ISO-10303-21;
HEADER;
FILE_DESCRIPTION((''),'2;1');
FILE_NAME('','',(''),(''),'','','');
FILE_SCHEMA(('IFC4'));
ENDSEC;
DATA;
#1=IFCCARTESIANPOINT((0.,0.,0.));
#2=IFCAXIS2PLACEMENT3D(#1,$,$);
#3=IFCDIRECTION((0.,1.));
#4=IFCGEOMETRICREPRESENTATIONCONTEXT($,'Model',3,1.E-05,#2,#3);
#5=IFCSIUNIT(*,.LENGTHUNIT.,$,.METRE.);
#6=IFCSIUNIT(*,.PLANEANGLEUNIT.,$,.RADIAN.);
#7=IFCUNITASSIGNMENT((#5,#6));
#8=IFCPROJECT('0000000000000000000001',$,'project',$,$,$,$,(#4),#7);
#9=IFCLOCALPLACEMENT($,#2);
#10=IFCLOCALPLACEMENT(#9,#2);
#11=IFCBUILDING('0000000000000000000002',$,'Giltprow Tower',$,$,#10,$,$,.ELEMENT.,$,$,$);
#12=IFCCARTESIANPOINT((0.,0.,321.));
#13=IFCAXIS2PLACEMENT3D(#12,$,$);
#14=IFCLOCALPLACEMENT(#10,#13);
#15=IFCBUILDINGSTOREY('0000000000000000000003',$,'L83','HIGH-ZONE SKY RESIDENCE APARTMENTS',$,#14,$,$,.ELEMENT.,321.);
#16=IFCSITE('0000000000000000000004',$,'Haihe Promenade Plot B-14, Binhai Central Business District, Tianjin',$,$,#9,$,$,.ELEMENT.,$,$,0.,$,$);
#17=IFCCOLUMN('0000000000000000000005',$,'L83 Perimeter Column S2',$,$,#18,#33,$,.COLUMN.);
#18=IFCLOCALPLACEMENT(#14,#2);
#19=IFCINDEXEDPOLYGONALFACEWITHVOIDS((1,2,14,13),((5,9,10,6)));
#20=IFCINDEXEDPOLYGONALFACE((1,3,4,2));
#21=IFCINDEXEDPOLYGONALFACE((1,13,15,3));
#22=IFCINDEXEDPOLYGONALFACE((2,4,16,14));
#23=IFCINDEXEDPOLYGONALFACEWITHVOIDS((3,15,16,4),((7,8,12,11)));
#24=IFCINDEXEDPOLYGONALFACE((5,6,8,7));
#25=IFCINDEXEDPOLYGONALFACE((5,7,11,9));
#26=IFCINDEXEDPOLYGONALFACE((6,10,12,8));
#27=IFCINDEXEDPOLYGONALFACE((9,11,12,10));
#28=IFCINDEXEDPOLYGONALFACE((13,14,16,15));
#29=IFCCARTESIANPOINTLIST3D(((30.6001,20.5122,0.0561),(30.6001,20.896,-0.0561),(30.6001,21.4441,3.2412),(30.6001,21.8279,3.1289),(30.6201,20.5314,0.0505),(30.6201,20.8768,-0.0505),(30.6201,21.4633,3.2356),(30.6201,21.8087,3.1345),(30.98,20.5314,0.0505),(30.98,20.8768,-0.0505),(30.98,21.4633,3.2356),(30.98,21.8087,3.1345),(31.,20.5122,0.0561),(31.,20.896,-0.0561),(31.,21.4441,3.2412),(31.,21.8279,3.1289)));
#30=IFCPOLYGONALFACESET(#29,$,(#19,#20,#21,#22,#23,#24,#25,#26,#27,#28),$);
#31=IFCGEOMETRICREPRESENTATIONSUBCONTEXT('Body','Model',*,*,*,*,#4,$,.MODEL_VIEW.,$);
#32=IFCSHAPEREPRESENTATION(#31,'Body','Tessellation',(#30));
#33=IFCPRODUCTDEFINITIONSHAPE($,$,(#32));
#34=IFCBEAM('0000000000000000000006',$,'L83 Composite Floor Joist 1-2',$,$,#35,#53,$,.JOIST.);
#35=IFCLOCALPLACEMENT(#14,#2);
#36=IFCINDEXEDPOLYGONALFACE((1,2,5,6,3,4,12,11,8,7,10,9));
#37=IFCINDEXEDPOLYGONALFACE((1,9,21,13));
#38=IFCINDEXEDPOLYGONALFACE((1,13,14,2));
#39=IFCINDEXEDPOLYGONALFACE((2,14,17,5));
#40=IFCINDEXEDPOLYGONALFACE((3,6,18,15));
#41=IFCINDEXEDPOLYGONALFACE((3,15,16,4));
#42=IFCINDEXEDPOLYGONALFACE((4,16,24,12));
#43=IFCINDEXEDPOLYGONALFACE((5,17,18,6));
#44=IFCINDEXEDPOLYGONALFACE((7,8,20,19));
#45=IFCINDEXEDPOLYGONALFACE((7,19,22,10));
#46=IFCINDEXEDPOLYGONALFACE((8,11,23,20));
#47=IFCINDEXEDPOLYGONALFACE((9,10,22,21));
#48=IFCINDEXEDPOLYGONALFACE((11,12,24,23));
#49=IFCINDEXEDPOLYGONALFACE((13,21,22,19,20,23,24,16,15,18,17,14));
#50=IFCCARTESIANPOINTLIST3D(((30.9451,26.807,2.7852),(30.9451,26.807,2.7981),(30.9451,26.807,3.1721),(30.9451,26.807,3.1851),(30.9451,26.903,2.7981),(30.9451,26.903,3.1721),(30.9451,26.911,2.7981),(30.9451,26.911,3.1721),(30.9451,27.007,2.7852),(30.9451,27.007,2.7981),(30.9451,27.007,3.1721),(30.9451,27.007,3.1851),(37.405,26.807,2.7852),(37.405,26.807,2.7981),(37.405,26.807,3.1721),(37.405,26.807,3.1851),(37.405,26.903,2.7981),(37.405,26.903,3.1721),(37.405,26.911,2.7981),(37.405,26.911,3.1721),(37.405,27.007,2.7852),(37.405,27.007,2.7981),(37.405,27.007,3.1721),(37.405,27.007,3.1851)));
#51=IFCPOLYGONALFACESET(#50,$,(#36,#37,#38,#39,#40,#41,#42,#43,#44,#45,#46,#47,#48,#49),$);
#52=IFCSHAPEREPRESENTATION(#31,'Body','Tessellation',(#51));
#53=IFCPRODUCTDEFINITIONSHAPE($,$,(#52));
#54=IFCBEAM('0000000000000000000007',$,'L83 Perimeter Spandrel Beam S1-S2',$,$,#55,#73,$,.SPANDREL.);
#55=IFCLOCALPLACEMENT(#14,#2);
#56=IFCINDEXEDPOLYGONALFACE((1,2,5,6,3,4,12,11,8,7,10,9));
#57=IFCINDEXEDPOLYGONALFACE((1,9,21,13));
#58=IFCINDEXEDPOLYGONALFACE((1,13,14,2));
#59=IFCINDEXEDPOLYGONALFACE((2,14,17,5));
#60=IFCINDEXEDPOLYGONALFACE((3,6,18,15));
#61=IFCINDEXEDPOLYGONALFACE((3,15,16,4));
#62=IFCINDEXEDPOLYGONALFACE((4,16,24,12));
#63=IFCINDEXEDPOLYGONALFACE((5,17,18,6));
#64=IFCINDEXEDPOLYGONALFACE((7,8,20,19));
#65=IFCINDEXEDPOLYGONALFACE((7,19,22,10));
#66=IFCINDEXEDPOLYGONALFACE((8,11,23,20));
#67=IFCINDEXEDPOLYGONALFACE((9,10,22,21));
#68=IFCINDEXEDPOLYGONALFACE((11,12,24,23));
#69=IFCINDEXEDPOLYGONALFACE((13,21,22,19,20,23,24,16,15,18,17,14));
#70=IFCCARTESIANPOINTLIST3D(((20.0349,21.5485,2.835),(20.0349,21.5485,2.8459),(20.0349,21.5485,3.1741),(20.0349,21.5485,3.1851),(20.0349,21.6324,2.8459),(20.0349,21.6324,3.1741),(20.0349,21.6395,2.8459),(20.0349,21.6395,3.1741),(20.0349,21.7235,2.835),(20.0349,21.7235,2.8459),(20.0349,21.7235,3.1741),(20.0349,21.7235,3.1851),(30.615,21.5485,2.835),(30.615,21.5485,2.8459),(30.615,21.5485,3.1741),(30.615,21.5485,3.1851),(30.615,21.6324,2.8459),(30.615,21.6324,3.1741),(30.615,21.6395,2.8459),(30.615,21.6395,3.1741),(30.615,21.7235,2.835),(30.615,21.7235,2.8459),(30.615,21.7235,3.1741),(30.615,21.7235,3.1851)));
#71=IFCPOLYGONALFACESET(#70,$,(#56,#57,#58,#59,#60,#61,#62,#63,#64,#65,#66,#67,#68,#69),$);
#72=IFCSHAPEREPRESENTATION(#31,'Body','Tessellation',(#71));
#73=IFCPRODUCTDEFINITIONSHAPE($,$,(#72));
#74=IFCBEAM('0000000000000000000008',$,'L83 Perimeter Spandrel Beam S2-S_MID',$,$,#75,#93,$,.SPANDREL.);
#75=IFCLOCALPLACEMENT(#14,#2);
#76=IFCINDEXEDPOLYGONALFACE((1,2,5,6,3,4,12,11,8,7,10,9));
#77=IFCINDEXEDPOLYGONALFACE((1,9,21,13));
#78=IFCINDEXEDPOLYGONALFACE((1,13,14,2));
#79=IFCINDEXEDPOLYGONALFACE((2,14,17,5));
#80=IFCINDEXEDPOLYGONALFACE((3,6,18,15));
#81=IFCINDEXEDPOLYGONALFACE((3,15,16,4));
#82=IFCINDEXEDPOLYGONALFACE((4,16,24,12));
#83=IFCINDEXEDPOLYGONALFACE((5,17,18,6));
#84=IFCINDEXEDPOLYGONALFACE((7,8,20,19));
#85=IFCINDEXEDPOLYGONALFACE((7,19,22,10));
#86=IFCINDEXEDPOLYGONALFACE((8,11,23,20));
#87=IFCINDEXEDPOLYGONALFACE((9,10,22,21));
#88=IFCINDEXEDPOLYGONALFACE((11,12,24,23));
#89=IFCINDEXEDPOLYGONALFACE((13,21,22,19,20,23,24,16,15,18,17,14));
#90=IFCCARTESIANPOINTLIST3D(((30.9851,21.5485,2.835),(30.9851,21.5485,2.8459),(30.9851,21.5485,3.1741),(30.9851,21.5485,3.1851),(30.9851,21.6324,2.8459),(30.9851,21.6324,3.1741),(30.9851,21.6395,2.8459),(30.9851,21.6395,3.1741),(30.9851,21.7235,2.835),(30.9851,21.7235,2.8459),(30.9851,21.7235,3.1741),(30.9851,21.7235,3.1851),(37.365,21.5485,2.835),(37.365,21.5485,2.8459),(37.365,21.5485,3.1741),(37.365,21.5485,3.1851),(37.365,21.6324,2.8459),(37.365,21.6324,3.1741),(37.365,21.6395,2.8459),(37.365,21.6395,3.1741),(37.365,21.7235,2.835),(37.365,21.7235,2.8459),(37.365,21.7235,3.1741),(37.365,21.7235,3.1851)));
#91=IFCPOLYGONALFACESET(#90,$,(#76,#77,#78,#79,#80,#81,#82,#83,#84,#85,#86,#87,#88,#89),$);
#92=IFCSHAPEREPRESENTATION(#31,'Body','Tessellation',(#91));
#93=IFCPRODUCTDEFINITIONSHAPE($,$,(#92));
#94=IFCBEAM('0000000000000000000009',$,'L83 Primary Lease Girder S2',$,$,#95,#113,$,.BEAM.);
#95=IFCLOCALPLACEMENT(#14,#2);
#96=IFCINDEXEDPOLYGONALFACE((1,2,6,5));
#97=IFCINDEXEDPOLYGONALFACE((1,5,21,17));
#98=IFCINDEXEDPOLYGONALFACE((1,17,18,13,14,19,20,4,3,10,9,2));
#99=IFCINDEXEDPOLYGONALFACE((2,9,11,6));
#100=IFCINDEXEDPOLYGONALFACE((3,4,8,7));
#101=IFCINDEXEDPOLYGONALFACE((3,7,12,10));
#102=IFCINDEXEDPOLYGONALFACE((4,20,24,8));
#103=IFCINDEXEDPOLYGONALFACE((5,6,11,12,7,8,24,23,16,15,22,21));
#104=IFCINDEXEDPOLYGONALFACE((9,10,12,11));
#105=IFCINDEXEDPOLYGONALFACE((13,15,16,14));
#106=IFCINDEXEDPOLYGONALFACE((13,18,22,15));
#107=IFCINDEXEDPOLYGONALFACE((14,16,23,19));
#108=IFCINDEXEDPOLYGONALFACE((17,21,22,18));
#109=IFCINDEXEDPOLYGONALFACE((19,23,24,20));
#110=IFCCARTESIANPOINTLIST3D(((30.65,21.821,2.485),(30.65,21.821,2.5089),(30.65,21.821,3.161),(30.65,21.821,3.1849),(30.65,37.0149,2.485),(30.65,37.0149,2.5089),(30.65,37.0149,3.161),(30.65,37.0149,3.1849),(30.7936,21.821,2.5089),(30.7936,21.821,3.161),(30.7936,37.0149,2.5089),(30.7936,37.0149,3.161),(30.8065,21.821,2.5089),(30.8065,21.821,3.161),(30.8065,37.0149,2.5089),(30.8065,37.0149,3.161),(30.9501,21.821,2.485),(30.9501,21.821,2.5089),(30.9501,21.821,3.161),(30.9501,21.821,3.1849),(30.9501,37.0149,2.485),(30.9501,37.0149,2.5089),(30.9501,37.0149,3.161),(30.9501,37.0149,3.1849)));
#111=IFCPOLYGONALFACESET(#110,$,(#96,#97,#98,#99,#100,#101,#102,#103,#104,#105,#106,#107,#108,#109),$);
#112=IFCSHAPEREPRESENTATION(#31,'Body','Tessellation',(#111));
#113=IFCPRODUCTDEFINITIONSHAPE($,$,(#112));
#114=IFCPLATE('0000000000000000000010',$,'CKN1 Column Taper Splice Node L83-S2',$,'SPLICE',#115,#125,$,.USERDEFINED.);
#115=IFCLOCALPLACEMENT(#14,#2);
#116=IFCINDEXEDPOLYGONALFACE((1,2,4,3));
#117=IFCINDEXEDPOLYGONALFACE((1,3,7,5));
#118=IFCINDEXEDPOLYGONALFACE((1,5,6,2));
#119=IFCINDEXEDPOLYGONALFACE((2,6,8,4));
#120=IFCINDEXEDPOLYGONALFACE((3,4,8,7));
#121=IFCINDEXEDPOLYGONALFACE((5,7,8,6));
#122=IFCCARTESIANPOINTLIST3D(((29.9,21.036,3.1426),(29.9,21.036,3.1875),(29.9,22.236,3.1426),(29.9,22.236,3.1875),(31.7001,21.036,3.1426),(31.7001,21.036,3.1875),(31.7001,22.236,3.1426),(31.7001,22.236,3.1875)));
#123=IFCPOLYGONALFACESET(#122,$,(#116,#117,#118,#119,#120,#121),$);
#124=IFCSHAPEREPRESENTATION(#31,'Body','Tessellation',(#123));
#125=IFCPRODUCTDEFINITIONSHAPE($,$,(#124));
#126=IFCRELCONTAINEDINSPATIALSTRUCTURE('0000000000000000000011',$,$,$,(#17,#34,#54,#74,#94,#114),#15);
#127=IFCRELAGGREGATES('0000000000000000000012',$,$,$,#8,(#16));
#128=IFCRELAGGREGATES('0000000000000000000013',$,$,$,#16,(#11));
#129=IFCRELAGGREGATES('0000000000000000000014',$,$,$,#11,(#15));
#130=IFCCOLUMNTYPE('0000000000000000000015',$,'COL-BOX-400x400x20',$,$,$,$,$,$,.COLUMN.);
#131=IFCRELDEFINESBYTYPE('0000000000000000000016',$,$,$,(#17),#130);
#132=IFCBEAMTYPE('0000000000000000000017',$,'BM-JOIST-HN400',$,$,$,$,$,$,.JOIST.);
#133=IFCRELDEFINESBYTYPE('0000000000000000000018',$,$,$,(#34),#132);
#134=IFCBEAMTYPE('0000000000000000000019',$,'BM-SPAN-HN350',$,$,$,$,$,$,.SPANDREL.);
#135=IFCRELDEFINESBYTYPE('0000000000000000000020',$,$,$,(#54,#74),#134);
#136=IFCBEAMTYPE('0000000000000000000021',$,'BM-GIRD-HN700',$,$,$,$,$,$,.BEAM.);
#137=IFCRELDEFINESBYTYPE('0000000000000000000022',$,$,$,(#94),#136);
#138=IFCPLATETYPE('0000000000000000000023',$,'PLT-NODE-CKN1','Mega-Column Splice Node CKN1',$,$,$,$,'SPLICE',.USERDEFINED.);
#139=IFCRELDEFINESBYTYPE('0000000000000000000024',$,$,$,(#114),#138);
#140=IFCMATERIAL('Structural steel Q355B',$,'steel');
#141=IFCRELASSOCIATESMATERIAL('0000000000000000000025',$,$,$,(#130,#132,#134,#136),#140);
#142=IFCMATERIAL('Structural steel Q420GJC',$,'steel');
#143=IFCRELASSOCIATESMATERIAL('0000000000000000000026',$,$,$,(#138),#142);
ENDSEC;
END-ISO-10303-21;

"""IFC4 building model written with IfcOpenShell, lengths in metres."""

from ifc_helpers import new_model, si_unit, direction, frame, origin, origin_2d, place, context, subcontext, project, spatial, rectangle, hollow_rectangle, i_section, extrude, source, transform, mapped, material, material_profile, profile_set, type_object, element, save


model = new_model("IFC4")

# Units and contexts
model_context = context("Model", 3, precision=1e-05, world=origin(), true_north=direction((0.0, 1.0)))
body_context = subcontext(model_context, "Body", "Model", "MODEL_VIEW")
ifc_project = project(units=[si_unit("LENGTHUNIT", "METRE"), si_unit("PLANEANGLEUNIT", "RADIAN")], contexts=[model_context])

# Site, building, storey
site_placement = place(None, origin())
site = spatial("IfcSite", under=ifc_project, at=site_placement, Name="Haihe Promenade Plot B-14, Binhai Central Business District, Tianjin", CompositionType="ELEMENT", RefElevation=0.0)
building_placement = place(site_placement, origin())
building = spatial("IfcBuilding", under=site, at=building_placement, Name="Giltprow Tower", CompositionType="ELEMENT")
storey_placement = place(building_placement, frame((0.0, 0.0, 321.0)))
storey = spatial("IfcBuildingStorey", under=building, at=storey_placement, Name="L83", Description="HIGH-ZONE SKY RESIDENCE APARTMENTS", CompositionType="ELEMENT", Elevation=321.0)

# Column
ifc_material_1 = material(Name="Structural steel Q355B", Category="steel")
ifc_material_profile_1 = material_profile(ifc_material_1, hollow_rectangle(XDim=0.3999, YDim=0.3999, WallThickness=0.02, at=origin_2d()), Name="BOX 400x400x20")
ifc_profile_set_1 = profile_set([ifc_material_profile_1], Name="Structural steel Q355B")
column_type = type_object("IfcColumnType", Name="COL-BOX-400x400x20", PredefinedType="COLUMN", material=ifc_profile_set_1)
shared_shape_1 = source(origin(), body_context, "Body", "SweptSolid", [
    extrude(hollow_rectangle(XDim=0.3999, YDim=0.3999, WallThickness=0.02, at=origin_2d()), origin(), (0.0, 0.0, 1.0), 3.3186),
])
column_placement = place(storey_placement, frame((30.8, 20.7041, 0.0), z_axis=(0.0, 0.280808, 0.959764), x_axis=(-1.0, 0.0, 0.0)))
element("IfcColumn", 1, at=column_placement, inside=storey, type_object=column_type, Name="L83 Perimeter Column S2", PredefinedType="COLUMN", context=body_context, shape_type="MappedRepresentation", body=[
    mapped(shared_shape_1, transform((0.0, 0.0, 0.0), x_axis=(1.0, 0.0, 0.0), y_axis=(0.0, 1.0, 0.0), z_axis=(0.0, 0.0, 1.0), scale=1.0)),
])

# Beams
ifc_material_profile_2 = material_profile(ifc_material_1, i_section(OverallWidth=0.2, OverallDepth=0.3999, WebThickness=0.0081, FlangeThickness=0.0129, at=origin_2d()), Name="HN 400x200x8x13")
ifc_profile_set_2 = profile_set([ifc_material_profile_2], Name="Structural steel Q355B")
beam_type_1 = type_object("IfcBeamType", Name="BM-JOIST-HN400", PredefinedType="JOIST", material=ifc_profile_set_2)
shared_shape_2 = source(origin(), body_context, "Body", "SweptSolid", [
    extrude(i_section(OverallWidth=0.2, OverallDepth=0.3999, WebThickness=0.0081, FlangeThickness=0.0129, at=origin_2d()), origin(), (0.0, 0.0, 1.0), 6.46),
])
beam_1_placement = place(storey_placement, frame((30.9451, 26.907, 2.9851), z_axis=(1.0, 0.0, 0.0), x_axis=(0.0, 1.0, 0.0)))
element("IfcBeam", 2, at=beam_1_placement, inside=storey, type_object=beam_type_1, Name="L83 Composite Floor Joist 1-2", PredefinedType="JOIST", context=body_context, shape_type="MappedRepresentation", body=[
    mapped(shared_shape_2, transform((0.0, 0.0, 0.0), x_axis=(1.0, 0.0, 0.0), y_axis=(0.0, 1.0, 0.0), z_axis=(0.0, 0.0, 1.0), scale=1.0)),
])
ifc_material_profile_3 = material_profile(ifc_material_1, i_section(OverallWidth=0.175, OverallDepth=0.3501, WebThickness=0.0071, FlangeThickness=0.011, at=origin_2d()), Name="HN 350x175x7x11")
ifc_profile_set_3 = profile_set([ifc_material_profile_3], Name="Structural steel Q355B")
beam_type_2 = type_object("IfcBeamType", Name="BM-SPAN-HN350", PredefinedType="SPANDREL", material=ifc_profile_set_3)
shared_shape_3 = source(origin(), body_context, "Body", "SweptSolid", [
    extrude(i_section(OverallWidth=0.175, OverallDepth=0.3501, WebThickness=0.0071, FlangeThickness=0.011, at=origin_2d()), origin(), (0.0, 0.0, 1.0), 10.5801),
])
beam_2_placement = place(storey_placement, frame((20.0349, 21.636, 3.01), z_axis=(1.0, 0.0, 0.0), x_axis=(0.0, 1.0, 0.0)))
element("IfcBeam", 3, at=beam_2_placement, inside=storey, type_object=beam_type_2, Name="L83 Perimeter Spandrel Beam S1-S2", PredefinedType="SPANDREL", context=body_context, shape_type="MappedRepresentation", body=[
    mapped(shared_shape_3, transform((0.0, 0.0, 0.0), x_axis=(1.0, 0.0, 0.0), y_axis=(0.0, 1.0, 0.0), z_axis=(0.0, 0.0, 1.0), scale=1.0)),
])
shared_shape_4 = source(origin(), body_context, "Body", "SweptSolid", [
    extrude(i_section(OverallWidth=0.175, OverallDepth=0.3501, WebThickness=0.0071, FlangeThickness=0.011, at=origin_2d()), origin(), (0.0, 0.0, 1.0), 6.3799),
])
beam_3_placement = place(storey_placement, frame((30.9851, 21.636, 3.01), z_axis=(1.0, 0.0, 0.0), x_axis=(0.0, 1.0, 0.0)))
element("IfcBeam", 4, at=beam_3_placement, inside=storey, type_object=beam_type_2, Name="L83 Perimeter Spandrel Beam S2-S_MID", PredefinedType="SPANDREL", context=body_context, shape_type="MappedRepresentation", body=[
    mapped(shared_shape_4, transform((0.0, 0.0, 0.0), x_axis=(1.0, 0.0, 0.0), y_axis=(0.0, 1.0, 0.0), z_axis=(0.0, 0.0, 1.0), scale=1.0)),
])
ifc_material_profile_4 = material_profile(ifc_material_1, i_section(OverallWidth=0.3, OverallDepth=0.7, WebThickness=0.0129, FlangeThickness=0.0239, at=origin_2d()), Name="HN 700x300x13x24")
ifc_profile_set_4 = profile_set([ifc_material_profile_4], Name="Structural steel Q355B")
beam_type_3 = type_object("IfcBeamType", Name="BM-GIRD-HN700", PredefinedType="BEAM", material=ifc_profile_set_4)
shared_shape_5 = source(origin(), body_context, "Body", "SweptSolid", [
    extrude(i_section(OverallWidth=0.3, OverallDepth=0.7, WebThickness=0.0129, FlangeThickness=0.0239, at=origin_2d()), origin(), (0.0, 0.0, 1.0), 15.1938),
])
beam_4_placement = place(storey_placement, frame((30.8, 21.821, 2.835), z_axis=(0.0, 1.0, 0.0), x_axis=(-1.0, 0.0, 0.0)))
element("IfcBeam", 5, at=beam_4_placement, inside=storey, type_object=beam_type_3, Name="L83 Primary Lease Girder S2", PredefinedType="BEAM", context=body_context, shape_type="MappedRepresentation", body=[
    mapped(shared_shape_5, transform((0.0, 0.0, 0.0), x_axis=(1.0, 0.0, 0.0), y_axis=(0.0, 1.0, 0.0), z_axis=(0.0, 0.0, 1.0), scale=1.0)),
])

# Plate
ifc_material_2 = material(Name="Structural steel Q420GJC", Category="steel")
plate_type = type_object("IfcPlateType", Name="PLT-NODE-CKN1", Description="Mega-Column Splice Node CKN1", ElementType="SPLICE", PredefinedType="USERDEFINED", material=ifc_material_2)
shared_shape_6 = source(origin(), body_context, "Body", "SweptSolid", [
    extrude(rectangle(XDim=1.8, YDim=1.2, at=origin_2d()), origin(), (0.0, 0.0, 1.0), 0.0449),
])
plate_placement = place(storey_placement, frame((30.8, 21.636, 3.1426), z_axis=(0.0, 0.0, 1.0), x_axis=(1.0, 0.0, 0.0)))
element("IfcPlate", 6, at=plate_placement, inside=storey, type_object=plate_type, Name="CKN1 Column Taper Splice Node L83-S2", ObjectType="SPLICE", PredefinedType="USERDEFINED", context=body_context, shape_type="MappedRepresentation", body=[
    mapped(shared_shape_6, transform((0.0, 0.0, 0.0), x_axis=(1.0, 0.0, 0.0), y_axis=(0.0, 1.0, 0.0), z_axis=(0.0, 0.0, 1.0), scale=1.0)),
])

save(model, "model.ifc")
